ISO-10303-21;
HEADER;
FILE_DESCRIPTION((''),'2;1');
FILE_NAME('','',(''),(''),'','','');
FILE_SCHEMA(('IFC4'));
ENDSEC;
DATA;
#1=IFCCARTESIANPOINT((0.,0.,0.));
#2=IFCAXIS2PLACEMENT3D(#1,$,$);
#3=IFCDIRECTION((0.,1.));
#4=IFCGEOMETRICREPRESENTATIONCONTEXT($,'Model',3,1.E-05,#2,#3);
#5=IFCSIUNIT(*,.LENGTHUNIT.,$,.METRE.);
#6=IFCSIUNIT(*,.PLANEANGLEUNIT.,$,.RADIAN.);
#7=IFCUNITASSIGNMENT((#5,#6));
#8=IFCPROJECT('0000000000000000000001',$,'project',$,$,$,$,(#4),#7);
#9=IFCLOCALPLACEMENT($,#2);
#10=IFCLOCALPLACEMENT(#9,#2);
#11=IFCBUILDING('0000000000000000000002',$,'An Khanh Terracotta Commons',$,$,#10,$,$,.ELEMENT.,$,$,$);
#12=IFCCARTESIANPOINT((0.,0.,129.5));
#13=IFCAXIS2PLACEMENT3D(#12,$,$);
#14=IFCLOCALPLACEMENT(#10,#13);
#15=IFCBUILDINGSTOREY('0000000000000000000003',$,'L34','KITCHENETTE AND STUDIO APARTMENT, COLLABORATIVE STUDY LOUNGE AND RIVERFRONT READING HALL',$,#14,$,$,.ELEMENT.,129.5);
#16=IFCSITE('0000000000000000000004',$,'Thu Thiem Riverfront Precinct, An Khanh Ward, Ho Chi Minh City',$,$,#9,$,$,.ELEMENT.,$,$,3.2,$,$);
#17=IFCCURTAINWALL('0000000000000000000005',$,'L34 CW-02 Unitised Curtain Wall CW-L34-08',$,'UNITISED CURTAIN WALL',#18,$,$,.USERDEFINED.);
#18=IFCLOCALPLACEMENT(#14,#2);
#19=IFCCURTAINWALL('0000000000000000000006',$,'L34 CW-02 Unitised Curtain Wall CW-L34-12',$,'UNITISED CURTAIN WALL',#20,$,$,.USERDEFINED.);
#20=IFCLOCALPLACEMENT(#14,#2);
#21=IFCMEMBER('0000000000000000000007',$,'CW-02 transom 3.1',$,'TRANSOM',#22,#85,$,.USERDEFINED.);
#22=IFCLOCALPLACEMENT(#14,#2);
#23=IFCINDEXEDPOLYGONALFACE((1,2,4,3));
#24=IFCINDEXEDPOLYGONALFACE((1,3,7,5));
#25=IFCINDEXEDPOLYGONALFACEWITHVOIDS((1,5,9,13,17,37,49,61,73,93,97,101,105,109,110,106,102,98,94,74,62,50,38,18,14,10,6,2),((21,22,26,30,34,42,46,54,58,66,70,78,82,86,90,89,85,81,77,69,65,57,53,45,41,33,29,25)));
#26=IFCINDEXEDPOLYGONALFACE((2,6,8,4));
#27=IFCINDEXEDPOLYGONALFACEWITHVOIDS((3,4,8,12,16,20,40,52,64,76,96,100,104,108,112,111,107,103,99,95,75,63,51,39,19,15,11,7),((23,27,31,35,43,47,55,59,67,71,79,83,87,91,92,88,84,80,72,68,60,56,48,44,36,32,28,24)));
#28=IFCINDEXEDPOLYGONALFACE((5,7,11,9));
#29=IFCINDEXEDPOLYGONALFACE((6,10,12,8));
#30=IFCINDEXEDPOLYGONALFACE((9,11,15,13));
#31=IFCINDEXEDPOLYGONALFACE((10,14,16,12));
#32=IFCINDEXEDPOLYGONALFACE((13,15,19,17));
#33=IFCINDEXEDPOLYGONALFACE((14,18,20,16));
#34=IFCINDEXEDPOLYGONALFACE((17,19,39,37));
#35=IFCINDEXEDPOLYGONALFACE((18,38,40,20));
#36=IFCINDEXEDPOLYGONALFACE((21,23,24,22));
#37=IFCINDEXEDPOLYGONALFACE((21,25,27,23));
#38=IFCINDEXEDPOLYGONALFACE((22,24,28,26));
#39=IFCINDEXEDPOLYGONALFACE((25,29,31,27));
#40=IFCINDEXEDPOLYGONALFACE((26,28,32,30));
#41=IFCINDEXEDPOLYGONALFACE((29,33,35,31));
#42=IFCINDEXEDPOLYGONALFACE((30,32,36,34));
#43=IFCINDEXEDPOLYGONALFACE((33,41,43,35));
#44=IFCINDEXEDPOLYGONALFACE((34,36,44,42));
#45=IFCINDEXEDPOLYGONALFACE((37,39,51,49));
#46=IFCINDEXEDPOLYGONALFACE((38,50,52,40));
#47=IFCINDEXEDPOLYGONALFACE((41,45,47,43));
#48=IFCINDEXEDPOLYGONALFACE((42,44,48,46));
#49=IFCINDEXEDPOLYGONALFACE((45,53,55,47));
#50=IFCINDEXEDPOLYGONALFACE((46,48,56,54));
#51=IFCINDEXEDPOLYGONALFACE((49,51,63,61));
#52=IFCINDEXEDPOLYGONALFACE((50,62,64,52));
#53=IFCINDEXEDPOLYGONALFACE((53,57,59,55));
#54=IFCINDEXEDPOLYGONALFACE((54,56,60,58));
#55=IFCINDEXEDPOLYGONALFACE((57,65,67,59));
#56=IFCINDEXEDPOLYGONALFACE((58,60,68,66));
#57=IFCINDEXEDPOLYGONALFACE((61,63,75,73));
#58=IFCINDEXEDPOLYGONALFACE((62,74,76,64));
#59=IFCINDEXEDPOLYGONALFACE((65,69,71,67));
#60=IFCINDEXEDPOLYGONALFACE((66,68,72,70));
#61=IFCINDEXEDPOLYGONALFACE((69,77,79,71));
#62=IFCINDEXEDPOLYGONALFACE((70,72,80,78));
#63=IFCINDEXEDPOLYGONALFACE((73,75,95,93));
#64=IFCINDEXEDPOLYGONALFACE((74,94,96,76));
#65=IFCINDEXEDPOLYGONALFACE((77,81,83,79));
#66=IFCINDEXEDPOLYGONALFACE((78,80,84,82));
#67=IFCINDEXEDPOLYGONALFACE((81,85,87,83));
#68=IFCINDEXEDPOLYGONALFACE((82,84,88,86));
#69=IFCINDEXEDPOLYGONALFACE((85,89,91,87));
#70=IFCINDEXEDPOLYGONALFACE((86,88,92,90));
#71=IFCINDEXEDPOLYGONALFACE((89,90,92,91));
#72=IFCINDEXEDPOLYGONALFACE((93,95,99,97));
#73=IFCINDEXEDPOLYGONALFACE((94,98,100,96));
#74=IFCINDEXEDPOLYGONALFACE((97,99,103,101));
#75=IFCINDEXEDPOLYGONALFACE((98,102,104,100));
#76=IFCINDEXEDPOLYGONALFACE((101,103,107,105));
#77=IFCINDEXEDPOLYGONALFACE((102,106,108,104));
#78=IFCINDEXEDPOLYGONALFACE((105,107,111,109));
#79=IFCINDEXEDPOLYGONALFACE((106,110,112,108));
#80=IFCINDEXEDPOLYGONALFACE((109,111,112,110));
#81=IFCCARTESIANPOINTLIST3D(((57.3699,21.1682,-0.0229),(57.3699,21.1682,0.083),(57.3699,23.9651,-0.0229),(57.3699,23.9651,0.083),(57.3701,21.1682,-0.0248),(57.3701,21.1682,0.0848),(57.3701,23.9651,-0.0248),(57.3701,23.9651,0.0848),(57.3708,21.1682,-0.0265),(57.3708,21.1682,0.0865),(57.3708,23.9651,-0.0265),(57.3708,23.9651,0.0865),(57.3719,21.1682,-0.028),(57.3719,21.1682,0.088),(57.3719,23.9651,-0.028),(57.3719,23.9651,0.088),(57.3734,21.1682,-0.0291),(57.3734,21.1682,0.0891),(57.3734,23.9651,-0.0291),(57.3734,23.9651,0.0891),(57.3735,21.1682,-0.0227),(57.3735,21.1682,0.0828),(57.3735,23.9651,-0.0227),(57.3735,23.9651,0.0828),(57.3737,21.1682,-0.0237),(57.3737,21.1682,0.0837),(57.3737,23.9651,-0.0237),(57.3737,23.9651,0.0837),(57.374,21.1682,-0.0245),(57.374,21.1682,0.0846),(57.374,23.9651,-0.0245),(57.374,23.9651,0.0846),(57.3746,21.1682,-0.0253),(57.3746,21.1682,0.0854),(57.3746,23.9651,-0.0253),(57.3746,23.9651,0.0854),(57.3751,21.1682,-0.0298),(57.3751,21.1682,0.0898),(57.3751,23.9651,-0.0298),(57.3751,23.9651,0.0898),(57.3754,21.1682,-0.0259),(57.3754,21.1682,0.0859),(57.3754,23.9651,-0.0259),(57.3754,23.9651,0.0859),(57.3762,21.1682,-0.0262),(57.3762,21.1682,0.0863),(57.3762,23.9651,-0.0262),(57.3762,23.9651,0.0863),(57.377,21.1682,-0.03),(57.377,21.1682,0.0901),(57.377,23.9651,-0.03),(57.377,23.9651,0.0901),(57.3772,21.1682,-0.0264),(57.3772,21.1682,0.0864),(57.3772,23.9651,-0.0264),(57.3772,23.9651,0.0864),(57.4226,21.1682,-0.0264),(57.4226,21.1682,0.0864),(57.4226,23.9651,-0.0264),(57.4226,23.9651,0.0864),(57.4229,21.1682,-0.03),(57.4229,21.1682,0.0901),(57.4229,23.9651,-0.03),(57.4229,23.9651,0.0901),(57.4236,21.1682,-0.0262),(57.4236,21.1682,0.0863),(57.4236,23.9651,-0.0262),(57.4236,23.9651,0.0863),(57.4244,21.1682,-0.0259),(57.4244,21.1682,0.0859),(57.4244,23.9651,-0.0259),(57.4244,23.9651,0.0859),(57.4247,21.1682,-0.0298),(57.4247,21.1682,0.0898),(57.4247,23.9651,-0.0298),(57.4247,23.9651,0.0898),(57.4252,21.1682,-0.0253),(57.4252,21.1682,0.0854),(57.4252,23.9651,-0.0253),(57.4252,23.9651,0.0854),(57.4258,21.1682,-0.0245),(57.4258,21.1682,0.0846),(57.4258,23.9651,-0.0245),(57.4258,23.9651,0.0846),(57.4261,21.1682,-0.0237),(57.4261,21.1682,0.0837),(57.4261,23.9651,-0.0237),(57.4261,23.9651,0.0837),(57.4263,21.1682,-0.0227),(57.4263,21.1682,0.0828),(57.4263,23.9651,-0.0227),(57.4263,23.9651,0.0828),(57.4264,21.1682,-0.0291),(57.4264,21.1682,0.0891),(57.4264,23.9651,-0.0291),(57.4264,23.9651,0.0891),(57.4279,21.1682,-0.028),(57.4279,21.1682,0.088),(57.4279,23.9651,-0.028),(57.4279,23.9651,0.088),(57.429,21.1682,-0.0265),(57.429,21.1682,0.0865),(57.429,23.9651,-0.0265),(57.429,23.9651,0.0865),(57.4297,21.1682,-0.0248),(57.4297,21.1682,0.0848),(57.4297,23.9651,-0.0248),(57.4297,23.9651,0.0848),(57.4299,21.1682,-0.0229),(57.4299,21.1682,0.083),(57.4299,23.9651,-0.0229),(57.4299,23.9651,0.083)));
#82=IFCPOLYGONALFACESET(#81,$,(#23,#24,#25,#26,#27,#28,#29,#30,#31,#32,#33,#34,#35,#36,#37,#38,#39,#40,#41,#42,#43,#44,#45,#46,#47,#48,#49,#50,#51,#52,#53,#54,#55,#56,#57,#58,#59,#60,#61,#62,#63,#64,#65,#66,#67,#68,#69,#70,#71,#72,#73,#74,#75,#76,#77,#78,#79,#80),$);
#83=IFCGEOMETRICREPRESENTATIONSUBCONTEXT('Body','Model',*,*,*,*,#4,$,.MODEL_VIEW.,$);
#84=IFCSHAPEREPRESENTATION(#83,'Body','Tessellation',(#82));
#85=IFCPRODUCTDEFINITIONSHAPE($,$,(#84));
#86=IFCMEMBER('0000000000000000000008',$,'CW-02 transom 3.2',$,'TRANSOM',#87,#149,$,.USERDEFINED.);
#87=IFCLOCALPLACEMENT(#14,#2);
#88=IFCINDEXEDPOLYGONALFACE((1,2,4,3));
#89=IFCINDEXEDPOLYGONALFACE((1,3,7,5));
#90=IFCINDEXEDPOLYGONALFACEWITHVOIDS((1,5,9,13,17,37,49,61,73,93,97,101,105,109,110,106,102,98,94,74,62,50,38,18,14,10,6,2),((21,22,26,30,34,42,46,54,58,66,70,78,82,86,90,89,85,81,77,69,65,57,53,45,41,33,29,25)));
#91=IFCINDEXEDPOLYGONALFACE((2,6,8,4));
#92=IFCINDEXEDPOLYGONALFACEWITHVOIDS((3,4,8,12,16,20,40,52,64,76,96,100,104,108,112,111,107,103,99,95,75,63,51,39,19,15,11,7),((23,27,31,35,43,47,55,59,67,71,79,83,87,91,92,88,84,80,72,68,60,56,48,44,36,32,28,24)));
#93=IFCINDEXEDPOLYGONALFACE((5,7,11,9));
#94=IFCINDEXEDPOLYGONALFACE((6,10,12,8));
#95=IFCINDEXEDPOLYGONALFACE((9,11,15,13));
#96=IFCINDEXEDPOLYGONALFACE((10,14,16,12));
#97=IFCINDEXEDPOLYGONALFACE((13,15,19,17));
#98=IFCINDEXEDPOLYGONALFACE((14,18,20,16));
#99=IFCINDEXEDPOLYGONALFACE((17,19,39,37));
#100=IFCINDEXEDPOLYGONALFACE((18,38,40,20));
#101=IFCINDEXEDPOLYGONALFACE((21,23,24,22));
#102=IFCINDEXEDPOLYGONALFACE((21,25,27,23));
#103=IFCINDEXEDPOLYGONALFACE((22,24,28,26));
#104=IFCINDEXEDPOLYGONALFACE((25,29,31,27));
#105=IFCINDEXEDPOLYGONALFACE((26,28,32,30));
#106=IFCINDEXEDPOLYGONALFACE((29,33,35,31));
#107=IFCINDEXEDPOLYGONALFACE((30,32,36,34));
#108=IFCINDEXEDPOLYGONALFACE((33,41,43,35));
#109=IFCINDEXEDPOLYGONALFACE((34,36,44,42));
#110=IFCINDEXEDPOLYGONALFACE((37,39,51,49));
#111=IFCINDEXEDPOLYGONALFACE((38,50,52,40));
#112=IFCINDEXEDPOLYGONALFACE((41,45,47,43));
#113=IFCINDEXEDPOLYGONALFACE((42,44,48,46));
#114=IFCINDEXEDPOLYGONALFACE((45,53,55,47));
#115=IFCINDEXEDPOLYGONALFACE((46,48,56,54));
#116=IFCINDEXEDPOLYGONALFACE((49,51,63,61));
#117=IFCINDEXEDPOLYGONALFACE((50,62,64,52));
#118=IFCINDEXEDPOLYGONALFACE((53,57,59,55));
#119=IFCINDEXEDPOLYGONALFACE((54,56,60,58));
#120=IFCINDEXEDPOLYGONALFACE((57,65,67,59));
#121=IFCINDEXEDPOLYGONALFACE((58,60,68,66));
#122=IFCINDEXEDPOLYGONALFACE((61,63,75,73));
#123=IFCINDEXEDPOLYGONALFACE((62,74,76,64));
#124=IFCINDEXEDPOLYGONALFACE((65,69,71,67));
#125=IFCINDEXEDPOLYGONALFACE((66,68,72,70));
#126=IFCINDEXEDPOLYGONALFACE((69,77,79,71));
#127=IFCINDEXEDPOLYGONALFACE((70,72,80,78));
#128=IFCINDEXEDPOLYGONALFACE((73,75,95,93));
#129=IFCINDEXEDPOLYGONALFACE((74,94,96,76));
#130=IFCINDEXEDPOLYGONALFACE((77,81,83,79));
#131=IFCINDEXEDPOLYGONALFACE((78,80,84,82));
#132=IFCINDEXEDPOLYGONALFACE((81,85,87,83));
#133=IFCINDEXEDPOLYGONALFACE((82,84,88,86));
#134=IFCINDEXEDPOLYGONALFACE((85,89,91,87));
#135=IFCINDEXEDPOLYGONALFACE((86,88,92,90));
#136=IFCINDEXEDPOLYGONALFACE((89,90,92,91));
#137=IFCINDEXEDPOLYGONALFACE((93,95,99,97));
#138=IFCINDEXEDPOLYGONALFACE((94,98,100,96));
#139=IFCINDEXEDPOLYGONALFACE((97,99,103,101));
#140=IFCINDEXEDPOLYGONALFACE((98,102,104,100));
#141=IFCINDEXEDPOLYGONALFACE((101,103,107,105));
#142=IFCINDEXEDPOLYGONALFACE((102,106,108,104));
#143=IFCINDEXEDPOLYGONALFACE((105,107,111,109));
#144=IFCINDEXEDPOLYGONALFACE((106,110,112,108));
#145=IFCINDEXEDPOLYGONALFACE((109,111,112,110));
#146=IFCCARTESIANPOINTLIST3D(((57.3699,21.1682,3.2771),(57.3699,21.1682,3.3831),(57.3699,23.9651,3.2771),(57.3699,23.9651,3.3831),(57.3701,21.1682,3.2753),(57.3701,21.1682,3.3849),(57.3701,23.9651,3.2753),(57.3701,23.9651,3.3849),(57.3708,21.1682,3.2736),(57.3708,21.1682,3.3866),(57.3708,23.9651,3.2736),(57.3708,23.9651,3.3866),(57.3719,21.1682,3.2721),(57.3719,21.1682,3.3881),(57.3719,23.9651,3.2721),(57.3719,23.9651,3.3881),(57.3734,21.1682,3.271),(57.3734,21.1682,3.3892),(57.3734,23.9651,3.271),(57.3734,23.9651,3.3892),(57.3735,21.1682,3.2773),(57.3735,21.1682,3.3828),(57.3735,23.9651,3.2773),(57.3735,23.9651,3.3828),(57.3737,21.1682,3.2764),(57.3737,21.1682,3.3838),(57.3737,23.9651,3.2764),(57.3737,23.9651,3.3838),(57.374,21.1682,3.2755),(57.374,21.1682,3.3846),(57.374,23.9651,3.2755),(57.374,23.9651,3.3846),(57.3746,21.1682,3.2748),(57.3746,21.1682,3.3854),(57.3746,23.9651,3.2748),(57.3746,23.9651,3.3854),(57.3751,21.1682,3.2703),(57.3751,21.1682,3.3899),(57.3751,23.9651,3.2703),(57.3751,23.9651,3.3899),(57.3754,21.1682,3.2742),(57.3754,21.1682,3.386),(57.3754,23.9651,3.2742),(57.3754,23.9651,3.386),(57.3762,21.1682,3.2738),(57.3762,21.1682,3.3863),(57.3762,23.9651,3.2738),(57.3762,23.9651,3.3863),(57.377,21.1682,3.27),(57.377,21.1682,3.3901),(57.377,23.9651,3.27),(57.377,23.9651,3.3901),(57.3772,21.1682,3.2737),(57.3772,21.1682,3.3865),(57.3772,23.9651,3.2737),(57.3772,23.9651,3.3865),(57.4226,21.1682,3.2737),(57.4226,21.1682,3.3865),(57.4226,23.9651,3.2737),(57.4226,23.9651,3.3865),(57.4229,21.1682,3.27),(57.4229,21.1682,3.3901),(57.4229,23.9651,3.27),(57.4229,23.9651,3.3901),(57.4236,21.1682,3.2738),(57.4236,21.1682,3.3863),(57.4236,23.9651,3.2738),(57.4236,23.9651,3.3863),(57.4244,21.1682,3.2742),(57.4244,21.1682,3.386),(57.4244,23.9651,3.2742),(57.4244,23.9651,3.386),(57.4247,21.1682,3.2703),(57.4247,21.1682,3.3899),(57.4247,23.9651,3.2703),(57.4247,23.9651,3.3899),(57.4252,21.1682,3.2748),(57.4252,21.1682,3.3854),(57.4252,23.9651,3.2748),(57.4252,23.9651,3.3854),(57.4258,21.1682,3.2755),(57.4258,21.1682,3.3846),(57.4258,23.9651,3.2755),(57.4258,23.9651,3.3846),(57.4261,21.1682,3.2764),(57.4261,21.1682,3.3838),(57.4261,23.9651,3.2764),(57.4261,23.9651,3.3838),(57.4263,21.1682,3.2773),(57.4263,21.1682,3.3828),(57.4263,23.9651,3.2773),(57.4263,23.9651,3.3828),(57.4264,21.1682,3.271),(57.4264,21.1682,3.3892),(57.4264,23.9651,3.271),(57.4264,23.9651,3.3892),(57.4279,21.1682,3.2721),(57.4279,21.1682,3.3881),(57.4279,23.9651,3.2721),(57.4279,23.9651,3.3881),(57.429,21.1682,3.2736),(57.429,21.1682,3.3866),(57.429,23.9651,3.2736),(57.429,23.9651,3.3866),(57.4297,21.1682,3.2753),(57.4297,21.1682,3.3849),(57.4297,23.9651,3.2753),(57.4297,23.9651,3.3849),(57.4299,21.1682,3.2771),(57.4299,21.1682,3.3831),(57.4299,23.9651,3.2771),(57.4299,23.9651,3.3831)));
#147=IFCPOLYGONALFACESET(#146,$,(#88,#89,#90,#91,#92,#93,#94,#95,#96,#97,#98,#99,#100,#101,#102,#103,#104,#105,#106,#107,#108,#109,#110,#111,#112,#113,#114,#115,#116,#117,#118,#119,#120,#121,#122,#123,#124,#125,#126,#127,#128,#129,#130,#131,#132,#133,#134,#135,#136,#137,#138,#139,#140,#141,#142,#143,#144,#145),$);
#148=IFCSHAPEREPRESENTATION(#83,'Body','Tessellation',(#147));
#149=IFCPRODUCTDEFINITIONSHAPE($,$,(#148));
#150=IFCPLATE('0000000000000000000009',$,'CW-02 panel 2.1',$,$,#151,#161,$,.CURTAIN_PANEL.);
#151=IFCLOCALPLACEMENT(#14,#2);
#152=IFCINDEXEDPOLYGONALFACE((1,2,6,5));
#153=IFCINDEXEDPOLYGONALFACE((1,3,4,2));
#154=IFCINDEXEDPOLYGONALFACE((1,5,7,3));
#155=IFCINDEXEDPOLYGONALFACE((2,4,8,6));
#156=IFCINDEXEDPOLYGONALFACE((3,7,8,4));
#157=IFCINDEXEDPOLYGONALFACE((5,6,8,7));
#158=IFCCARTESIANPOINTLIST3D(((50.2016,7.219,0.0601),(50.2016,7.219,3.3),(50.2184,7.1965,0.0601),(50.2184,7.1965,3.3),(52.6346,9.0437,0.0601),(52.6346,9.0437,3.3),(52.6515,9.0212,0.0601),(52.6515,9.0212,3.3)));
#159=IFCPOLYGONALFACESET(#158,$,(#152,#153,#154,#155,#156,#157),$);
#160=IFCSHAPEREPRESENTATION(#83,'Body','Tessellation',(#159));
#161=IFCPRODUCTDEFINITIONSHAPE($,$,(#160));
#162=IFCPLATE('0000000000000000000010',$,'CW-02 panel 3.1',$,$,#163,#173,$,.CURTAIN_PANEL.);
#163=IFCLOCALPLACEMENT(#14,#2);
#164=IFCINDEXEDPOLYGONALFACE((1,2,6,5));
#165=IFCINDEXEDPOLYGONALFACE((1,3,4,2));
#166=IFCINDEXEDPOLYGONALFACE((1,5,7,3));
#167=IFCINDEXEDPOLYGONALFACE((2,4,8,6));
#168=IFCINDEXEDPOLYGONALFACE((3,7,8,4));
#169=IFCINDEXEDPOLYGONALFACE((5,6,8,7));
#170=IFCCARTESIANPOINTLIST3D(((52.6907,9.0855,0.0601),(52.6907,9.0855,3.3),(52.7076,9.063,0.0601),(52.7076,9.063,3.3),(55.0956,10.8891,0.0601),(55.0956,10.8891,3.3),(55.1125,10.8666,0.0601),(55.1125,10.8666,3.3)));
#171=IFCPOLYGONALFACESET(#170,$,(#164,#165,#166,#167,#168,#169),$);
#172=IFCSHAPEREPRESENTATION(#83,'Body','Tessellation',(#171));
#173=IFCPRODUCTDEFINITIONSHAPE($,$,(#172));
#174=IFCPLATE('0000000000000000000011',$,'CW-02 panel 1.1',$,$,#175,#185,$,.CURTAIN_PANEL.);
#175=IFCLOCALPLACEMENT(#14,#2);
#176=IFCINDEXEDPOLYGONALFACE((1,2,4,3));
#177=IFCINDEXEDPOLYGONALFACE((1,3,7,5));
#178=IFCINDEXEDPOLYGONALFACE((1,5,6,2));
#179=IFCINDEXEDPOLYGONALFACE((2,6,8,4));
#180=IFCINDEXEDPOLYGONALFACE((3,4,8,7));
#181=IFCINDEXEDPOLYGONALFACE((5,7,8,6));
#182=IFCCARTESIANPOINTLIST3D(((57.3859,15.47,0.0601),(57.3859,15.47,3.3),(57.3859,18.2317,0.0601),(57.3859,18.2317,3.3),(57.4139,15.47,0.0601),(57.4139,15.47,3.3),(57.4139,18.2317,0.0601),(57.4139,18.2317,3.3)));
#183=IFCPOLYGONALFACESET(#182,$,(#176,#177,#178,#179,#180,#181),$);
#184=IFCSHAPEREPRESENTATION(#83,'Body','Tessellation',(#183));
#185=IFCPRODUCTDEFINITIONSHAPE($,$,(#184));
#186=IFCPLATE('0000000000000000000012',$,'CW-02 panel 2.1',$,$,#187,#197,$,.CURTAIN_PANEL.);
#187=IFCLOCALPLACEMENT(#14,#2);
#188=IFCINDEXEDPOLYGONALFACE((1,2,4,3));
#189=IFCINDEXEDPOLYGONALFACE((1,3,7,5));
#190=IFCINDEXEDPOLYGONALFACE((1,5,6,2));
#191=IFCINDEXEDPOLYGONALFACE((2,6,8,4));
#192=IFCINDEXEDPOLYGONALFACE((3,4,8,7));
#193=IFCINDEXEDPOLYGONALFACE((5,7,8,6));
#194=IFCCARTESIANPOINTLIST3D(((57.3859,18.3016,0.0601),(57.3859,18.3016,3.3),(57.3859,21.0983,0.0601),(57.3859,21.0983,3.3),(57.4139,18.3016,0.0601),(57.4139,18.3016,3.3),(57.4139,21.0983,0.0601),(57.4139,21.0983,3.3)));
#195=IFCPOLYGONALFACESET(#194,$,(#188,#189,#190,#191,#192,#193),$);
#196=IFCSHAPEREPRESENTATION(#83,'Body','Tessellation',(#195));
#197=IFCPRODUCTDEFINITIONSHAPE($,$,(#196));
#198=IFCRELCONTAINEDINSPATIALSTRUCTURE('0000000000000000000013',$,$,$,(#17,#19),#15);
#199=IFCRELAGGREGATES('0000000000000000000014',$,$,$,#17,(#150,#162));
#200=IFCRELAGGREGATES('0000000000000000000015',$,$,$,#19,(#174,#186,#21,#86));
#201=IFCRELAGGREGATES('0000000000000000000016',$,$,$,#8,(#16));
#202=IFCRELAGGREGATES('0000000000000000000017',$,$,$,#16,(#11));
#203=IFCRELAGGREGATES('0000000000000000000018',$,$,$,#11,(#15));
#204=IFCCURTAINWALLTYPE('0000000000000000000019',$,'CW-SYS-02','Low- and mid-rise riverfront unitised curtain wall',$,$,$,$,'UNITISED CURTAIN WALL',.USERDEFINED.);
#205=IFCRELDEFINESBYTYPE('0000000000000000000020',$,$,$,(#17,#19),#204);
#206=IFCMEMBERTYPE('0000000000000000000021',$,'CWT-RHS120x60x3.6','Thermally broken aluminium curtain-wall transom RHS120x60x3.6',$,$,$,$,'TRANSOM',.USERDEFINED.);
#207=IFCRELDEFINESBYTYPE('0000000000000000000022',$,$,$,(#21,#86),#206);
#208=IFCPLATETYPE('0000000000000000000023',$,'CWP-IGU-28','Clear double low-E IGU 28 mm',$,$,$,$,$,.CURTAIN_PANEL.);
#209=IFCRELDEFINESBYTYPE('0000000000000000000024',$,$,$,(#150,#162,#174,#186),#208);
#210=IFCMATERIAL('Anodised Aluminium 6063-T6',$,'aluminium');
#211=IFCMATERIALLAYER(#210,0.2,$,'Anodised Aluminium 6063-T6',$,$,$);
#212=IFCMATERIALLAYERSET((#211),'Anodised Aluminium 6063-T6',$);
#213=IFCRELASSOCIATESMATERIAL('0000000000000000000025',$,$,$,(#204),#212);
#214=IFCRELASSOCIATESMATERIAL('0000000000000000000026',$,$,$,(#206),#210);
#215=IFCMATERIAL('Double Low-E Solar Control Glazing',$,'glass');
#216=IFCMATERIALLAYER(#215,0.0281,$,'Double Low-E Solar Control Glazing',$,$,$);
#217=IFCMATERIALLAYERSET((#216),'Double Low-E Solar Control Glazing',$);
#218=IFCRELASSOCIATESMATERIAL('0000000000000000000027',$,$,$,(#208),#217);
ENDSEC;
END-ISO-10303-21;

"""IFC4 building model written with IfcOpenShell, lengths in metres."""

from ifc_helpers import new_model, si_unit, direction, frame, origin, origin_2d, place, context, subcontext, project, spatial, rectangle, hollow_rectangle, extrude, material, layer, layer_set, material_profile, profile_set, type_object, element, aggregate, save


model = new_model("IFC4")

# Units and contexts
model_context = context("Model", 3, precision=1e-05, world=origin(), true_north=direction((0.0, 1.0)))
body_context = subcontext(model_context, "Body", "Model", "MODEL_VIEW")
ifc_project = project(units=[si_unit("LENGTHUNIT", "METRE"), si_unit("PLANEANGLEUNIT", "RADIAN")], contexts=[model_context])

# Site, building, storey
site_placement = place(None, origin())
site = spatial("IfcSite", under=ifc_project, at=site_placement, Name="Thu Thiem Riverfront Precinct, An Khanh Ward, Ho Chi Minh City", CompositionType="ELEMENT", RefElevation=3.2)
building_placement = place(site_placement, origin())
building = spatial("IfcBuilding", under=site, at=building_placement, Name="An Khanh Terracotta Commons", CompositionType="ELEMENT")
storey_placement = place(building_placement, frame((0.0, 0.0, 129.5)))
storey = spatial("IfcBuildingStorey", under=building, at=storey_placement, Name="L34", Description="KITCHENETTE AND STUDIO APARTMENT, COLLABORATIVE STUDY LOUNGE AND RIVERFRONT READING HALL", CompositionType="ELEMENT", Elevation=129.5)

# Curtain walls
ifc_material_1 = material(Name="Anodised Aluminium 6063-T6", Category="aluminium")
ifc_layer_1 = layer(ifc_material_1, 0.2, Name="Anodised Aluminium 6063-T6")
ifc_layer_set_1 = layer_set([ifc_layer_1], Name="Anodised Aluminium 6063-T6")
curtain_wall_type = type_object("IfcCurtainWallType", Name="CW-SYS-02", Description="Low- and mid-rise riverfront unitised curtain wall", ElementType="UNITISED CURTAIN WALL", PredefinedType="USERDEFINED", material=ifc_layer_set_1)
curtain_wall_1_placement = place(storey_placement, origin())
curtain_wall_1 = element("IfcCurtainWall", 1, at=curtain_wall_1_placement, inside=storey, type_object=curtain_wall_type, Name="L34 CW-02 Unitised Curtain Wall CW-L34-08", ObjectType="UNITISED CURTAIN WALL", PredefinedType="USERDEFINED")
curtain_wall_2_placement = place(storey_placement, origin())
curtain_wall_2 = element("IfcCurtainWall", 2, at=curtain_wall_2_placement, inside=storey, type_object=curtain_wall_type, Name="L34 CW-02 Unitised Curtain Wall CW-L34-12", ObjectType="UNITISED CURTAIN WALL", PredefinedType="USERDEFINED")

# Members
ifc_material_profile_1 = material_profile(ifc_material_1, hollow_rectangle(XDim=0.0601, YDim=0.1201, WallThickness=0.0037, InnerFilletRadius=0.0037, OuterFilletRadius=0.0071, at=origin_2d()), Name="RHS120x60x3.6")
ifc_profile_set_1 = profile_set([ifc_material_profile_1], Name="Anodised Aluminium 6063-T6")
member_type_1 = type_object("IfcMemberType", Name="CWT-RHS120x60x3.6", Description="Thermally broken aluminium curtain-wall transom RHS120x60x3.6", ElementType="TRANSOM", PredefinedType="USERDEFINED", material=ifc_profile_set_1)
member_1_placement = place(storey_placement, frame((57.3999, 21.1682, 0.03), z_axis=(0.0, 1.0, 0.0), x_axis=(-1.0, 0.0, 0.0)))
member_1 = element("IfcMember", 3, at=member_1_placement, type_object=member_type_1, Name="CW-02 transom 3.1", ObjectType="TRANSOM", PredefinedType="USERDEFINED", context=body_context, shape_type="SweptSolid", body=[
    extrude(hollow_rectangle(XDim=0.0601, YDim=0.1201, WallThickness=0.0037, InnerFilletRadius=0.0037, OuterFilletRadius=0.0071, at=origin_2d()), origin(), (0.0, 0.0, 1.0), 2.7969),
])
member_2_placement = place(storey_placement, frame((57.3999, 21.1682, 3.3301), z_axis=(0.0, 1.0, 0.0), x_axis=(-1.0, 0.0, 0.0)))
member_2 = element("IfcMember", 4, at=member_2_placement, type_object=member_type_1, Name="CW-02 transom 3.2", ObjectType="TRANSOM", PredefinedType="USERDEFINED", context=body_context, shape_type="SweptSolid", body=[
    extrude(hollow_rectangle(XDim=0.0601, YDim=0.1201, WallThickness=0.0037, InnerFilletRadius=0.0037, OuterFilletRadius=0.0071, at=origin_2d()), origin(), (0.0, 0.0, 1.0), 2.7969),
])

# Plates
ifc_material_2 = material(Name="Double Low-E Solar Control Glazing", Category="glass")
ifc_layer_2 = layer(ifc_material_2, 0.0281, Name="Double Low-E Solar Control Glazing")
ifc_layer_set_2 = layer_set([ifc_layer_2], Name="Double Low-E Solar Control Glazing")
plate_type = type_object("IfcPlateType", Name="CWP-IGU-28", Description="Clear double low-E IGU 28 mm", PredefinedType="CURTAIN_PANEL", material=ifc_layer_set_2)
plate_1_placement = place(storey_placement, frame((51.4265, 8.1201, 0.0601), z_axis=(0.0, 0.0, 1.0), x_axis=(0.800013, 0.599983, 0.0)))
plate_1 = element("IfcPlate", 5, at=plate_1_placement, type_object=plate_type, Name="CW-02 panel 2.1", PredefinedType="CURTAIN_PANEL", context=body_context, shape_type="SweptSolid", body=[
    extrude(rectangle(XDim=3.0413, YDim=0.0281, at=origin_2d()), origin(), (0.0, 0.0, 1.0), 3.24),
])
plate_2_placement = place(storey_placement, frame((53.9016, 9.9761, 0.0601), z_axis=(0.0, 0.0, 1.0), x_axis=(0.800013, 0.599983, 0.0)))
plate_2 = element("IfcPlate", 6, at=plate_2_placement, type_object=plate_type, Name="CW-02 panel 3.1", PredefinedType="CURTAIN_PANEL", context=body_context, shape_type="SweptSolid", body=[
    extrude(rectangle(XDim=3.0061, YDim=0.0281, at=origin_2d()), origin(), (0.0, 0.0, 1.0), 3.24),
])
aggregate(curtain_wall_1, [plate_1, plate_2])
plate_3_placement = place(storey_placement, frame((57.3999, 16.8508, 0.0601), z_axis=(0.0, 0.0, 1.0), x_axis=(0.0, 1.0, 0.0)))
plate_3 = element("IfcPlate", 7, at=plate_3_placement, type_object=plate_type, Name="CW-02 panel 1.1", PredefinedType="CURTAIN_PANEL", context=body_context, shape_type="SweptSolid", body=[
    extrude(rectangle(XDim=2.7617, YDim=0.0281, at=origin_2d()), origin(), (0.0, 0.0, 1.0), 3.24),
])
plate_4_placement = place(storey_placement, frame((57.3999, 19.7, 0.0601), z_axis=(0.0, 0.0, 1.0), x_axis=(0.0, 1.0, 0.0)))
plate_4 = element("IfcPlate", 8, at=plate_4_placement, type_object=plate_type, Name="CW-02 panel 2.1", PredefinedType="CURTAIN_PANEL", context=body_context, shape_type="SweptSolid", body=[
    extrude(rectangle(XDim=2.7966, YDim=0.0281, at=origin_2d()), origin(), (0.0, 0.0, 1.0), 3.24),
])
aggregate(curtain_wall_2, [plate_3, plate_4, member_1, member_2])

save(model, "model.ifc")
